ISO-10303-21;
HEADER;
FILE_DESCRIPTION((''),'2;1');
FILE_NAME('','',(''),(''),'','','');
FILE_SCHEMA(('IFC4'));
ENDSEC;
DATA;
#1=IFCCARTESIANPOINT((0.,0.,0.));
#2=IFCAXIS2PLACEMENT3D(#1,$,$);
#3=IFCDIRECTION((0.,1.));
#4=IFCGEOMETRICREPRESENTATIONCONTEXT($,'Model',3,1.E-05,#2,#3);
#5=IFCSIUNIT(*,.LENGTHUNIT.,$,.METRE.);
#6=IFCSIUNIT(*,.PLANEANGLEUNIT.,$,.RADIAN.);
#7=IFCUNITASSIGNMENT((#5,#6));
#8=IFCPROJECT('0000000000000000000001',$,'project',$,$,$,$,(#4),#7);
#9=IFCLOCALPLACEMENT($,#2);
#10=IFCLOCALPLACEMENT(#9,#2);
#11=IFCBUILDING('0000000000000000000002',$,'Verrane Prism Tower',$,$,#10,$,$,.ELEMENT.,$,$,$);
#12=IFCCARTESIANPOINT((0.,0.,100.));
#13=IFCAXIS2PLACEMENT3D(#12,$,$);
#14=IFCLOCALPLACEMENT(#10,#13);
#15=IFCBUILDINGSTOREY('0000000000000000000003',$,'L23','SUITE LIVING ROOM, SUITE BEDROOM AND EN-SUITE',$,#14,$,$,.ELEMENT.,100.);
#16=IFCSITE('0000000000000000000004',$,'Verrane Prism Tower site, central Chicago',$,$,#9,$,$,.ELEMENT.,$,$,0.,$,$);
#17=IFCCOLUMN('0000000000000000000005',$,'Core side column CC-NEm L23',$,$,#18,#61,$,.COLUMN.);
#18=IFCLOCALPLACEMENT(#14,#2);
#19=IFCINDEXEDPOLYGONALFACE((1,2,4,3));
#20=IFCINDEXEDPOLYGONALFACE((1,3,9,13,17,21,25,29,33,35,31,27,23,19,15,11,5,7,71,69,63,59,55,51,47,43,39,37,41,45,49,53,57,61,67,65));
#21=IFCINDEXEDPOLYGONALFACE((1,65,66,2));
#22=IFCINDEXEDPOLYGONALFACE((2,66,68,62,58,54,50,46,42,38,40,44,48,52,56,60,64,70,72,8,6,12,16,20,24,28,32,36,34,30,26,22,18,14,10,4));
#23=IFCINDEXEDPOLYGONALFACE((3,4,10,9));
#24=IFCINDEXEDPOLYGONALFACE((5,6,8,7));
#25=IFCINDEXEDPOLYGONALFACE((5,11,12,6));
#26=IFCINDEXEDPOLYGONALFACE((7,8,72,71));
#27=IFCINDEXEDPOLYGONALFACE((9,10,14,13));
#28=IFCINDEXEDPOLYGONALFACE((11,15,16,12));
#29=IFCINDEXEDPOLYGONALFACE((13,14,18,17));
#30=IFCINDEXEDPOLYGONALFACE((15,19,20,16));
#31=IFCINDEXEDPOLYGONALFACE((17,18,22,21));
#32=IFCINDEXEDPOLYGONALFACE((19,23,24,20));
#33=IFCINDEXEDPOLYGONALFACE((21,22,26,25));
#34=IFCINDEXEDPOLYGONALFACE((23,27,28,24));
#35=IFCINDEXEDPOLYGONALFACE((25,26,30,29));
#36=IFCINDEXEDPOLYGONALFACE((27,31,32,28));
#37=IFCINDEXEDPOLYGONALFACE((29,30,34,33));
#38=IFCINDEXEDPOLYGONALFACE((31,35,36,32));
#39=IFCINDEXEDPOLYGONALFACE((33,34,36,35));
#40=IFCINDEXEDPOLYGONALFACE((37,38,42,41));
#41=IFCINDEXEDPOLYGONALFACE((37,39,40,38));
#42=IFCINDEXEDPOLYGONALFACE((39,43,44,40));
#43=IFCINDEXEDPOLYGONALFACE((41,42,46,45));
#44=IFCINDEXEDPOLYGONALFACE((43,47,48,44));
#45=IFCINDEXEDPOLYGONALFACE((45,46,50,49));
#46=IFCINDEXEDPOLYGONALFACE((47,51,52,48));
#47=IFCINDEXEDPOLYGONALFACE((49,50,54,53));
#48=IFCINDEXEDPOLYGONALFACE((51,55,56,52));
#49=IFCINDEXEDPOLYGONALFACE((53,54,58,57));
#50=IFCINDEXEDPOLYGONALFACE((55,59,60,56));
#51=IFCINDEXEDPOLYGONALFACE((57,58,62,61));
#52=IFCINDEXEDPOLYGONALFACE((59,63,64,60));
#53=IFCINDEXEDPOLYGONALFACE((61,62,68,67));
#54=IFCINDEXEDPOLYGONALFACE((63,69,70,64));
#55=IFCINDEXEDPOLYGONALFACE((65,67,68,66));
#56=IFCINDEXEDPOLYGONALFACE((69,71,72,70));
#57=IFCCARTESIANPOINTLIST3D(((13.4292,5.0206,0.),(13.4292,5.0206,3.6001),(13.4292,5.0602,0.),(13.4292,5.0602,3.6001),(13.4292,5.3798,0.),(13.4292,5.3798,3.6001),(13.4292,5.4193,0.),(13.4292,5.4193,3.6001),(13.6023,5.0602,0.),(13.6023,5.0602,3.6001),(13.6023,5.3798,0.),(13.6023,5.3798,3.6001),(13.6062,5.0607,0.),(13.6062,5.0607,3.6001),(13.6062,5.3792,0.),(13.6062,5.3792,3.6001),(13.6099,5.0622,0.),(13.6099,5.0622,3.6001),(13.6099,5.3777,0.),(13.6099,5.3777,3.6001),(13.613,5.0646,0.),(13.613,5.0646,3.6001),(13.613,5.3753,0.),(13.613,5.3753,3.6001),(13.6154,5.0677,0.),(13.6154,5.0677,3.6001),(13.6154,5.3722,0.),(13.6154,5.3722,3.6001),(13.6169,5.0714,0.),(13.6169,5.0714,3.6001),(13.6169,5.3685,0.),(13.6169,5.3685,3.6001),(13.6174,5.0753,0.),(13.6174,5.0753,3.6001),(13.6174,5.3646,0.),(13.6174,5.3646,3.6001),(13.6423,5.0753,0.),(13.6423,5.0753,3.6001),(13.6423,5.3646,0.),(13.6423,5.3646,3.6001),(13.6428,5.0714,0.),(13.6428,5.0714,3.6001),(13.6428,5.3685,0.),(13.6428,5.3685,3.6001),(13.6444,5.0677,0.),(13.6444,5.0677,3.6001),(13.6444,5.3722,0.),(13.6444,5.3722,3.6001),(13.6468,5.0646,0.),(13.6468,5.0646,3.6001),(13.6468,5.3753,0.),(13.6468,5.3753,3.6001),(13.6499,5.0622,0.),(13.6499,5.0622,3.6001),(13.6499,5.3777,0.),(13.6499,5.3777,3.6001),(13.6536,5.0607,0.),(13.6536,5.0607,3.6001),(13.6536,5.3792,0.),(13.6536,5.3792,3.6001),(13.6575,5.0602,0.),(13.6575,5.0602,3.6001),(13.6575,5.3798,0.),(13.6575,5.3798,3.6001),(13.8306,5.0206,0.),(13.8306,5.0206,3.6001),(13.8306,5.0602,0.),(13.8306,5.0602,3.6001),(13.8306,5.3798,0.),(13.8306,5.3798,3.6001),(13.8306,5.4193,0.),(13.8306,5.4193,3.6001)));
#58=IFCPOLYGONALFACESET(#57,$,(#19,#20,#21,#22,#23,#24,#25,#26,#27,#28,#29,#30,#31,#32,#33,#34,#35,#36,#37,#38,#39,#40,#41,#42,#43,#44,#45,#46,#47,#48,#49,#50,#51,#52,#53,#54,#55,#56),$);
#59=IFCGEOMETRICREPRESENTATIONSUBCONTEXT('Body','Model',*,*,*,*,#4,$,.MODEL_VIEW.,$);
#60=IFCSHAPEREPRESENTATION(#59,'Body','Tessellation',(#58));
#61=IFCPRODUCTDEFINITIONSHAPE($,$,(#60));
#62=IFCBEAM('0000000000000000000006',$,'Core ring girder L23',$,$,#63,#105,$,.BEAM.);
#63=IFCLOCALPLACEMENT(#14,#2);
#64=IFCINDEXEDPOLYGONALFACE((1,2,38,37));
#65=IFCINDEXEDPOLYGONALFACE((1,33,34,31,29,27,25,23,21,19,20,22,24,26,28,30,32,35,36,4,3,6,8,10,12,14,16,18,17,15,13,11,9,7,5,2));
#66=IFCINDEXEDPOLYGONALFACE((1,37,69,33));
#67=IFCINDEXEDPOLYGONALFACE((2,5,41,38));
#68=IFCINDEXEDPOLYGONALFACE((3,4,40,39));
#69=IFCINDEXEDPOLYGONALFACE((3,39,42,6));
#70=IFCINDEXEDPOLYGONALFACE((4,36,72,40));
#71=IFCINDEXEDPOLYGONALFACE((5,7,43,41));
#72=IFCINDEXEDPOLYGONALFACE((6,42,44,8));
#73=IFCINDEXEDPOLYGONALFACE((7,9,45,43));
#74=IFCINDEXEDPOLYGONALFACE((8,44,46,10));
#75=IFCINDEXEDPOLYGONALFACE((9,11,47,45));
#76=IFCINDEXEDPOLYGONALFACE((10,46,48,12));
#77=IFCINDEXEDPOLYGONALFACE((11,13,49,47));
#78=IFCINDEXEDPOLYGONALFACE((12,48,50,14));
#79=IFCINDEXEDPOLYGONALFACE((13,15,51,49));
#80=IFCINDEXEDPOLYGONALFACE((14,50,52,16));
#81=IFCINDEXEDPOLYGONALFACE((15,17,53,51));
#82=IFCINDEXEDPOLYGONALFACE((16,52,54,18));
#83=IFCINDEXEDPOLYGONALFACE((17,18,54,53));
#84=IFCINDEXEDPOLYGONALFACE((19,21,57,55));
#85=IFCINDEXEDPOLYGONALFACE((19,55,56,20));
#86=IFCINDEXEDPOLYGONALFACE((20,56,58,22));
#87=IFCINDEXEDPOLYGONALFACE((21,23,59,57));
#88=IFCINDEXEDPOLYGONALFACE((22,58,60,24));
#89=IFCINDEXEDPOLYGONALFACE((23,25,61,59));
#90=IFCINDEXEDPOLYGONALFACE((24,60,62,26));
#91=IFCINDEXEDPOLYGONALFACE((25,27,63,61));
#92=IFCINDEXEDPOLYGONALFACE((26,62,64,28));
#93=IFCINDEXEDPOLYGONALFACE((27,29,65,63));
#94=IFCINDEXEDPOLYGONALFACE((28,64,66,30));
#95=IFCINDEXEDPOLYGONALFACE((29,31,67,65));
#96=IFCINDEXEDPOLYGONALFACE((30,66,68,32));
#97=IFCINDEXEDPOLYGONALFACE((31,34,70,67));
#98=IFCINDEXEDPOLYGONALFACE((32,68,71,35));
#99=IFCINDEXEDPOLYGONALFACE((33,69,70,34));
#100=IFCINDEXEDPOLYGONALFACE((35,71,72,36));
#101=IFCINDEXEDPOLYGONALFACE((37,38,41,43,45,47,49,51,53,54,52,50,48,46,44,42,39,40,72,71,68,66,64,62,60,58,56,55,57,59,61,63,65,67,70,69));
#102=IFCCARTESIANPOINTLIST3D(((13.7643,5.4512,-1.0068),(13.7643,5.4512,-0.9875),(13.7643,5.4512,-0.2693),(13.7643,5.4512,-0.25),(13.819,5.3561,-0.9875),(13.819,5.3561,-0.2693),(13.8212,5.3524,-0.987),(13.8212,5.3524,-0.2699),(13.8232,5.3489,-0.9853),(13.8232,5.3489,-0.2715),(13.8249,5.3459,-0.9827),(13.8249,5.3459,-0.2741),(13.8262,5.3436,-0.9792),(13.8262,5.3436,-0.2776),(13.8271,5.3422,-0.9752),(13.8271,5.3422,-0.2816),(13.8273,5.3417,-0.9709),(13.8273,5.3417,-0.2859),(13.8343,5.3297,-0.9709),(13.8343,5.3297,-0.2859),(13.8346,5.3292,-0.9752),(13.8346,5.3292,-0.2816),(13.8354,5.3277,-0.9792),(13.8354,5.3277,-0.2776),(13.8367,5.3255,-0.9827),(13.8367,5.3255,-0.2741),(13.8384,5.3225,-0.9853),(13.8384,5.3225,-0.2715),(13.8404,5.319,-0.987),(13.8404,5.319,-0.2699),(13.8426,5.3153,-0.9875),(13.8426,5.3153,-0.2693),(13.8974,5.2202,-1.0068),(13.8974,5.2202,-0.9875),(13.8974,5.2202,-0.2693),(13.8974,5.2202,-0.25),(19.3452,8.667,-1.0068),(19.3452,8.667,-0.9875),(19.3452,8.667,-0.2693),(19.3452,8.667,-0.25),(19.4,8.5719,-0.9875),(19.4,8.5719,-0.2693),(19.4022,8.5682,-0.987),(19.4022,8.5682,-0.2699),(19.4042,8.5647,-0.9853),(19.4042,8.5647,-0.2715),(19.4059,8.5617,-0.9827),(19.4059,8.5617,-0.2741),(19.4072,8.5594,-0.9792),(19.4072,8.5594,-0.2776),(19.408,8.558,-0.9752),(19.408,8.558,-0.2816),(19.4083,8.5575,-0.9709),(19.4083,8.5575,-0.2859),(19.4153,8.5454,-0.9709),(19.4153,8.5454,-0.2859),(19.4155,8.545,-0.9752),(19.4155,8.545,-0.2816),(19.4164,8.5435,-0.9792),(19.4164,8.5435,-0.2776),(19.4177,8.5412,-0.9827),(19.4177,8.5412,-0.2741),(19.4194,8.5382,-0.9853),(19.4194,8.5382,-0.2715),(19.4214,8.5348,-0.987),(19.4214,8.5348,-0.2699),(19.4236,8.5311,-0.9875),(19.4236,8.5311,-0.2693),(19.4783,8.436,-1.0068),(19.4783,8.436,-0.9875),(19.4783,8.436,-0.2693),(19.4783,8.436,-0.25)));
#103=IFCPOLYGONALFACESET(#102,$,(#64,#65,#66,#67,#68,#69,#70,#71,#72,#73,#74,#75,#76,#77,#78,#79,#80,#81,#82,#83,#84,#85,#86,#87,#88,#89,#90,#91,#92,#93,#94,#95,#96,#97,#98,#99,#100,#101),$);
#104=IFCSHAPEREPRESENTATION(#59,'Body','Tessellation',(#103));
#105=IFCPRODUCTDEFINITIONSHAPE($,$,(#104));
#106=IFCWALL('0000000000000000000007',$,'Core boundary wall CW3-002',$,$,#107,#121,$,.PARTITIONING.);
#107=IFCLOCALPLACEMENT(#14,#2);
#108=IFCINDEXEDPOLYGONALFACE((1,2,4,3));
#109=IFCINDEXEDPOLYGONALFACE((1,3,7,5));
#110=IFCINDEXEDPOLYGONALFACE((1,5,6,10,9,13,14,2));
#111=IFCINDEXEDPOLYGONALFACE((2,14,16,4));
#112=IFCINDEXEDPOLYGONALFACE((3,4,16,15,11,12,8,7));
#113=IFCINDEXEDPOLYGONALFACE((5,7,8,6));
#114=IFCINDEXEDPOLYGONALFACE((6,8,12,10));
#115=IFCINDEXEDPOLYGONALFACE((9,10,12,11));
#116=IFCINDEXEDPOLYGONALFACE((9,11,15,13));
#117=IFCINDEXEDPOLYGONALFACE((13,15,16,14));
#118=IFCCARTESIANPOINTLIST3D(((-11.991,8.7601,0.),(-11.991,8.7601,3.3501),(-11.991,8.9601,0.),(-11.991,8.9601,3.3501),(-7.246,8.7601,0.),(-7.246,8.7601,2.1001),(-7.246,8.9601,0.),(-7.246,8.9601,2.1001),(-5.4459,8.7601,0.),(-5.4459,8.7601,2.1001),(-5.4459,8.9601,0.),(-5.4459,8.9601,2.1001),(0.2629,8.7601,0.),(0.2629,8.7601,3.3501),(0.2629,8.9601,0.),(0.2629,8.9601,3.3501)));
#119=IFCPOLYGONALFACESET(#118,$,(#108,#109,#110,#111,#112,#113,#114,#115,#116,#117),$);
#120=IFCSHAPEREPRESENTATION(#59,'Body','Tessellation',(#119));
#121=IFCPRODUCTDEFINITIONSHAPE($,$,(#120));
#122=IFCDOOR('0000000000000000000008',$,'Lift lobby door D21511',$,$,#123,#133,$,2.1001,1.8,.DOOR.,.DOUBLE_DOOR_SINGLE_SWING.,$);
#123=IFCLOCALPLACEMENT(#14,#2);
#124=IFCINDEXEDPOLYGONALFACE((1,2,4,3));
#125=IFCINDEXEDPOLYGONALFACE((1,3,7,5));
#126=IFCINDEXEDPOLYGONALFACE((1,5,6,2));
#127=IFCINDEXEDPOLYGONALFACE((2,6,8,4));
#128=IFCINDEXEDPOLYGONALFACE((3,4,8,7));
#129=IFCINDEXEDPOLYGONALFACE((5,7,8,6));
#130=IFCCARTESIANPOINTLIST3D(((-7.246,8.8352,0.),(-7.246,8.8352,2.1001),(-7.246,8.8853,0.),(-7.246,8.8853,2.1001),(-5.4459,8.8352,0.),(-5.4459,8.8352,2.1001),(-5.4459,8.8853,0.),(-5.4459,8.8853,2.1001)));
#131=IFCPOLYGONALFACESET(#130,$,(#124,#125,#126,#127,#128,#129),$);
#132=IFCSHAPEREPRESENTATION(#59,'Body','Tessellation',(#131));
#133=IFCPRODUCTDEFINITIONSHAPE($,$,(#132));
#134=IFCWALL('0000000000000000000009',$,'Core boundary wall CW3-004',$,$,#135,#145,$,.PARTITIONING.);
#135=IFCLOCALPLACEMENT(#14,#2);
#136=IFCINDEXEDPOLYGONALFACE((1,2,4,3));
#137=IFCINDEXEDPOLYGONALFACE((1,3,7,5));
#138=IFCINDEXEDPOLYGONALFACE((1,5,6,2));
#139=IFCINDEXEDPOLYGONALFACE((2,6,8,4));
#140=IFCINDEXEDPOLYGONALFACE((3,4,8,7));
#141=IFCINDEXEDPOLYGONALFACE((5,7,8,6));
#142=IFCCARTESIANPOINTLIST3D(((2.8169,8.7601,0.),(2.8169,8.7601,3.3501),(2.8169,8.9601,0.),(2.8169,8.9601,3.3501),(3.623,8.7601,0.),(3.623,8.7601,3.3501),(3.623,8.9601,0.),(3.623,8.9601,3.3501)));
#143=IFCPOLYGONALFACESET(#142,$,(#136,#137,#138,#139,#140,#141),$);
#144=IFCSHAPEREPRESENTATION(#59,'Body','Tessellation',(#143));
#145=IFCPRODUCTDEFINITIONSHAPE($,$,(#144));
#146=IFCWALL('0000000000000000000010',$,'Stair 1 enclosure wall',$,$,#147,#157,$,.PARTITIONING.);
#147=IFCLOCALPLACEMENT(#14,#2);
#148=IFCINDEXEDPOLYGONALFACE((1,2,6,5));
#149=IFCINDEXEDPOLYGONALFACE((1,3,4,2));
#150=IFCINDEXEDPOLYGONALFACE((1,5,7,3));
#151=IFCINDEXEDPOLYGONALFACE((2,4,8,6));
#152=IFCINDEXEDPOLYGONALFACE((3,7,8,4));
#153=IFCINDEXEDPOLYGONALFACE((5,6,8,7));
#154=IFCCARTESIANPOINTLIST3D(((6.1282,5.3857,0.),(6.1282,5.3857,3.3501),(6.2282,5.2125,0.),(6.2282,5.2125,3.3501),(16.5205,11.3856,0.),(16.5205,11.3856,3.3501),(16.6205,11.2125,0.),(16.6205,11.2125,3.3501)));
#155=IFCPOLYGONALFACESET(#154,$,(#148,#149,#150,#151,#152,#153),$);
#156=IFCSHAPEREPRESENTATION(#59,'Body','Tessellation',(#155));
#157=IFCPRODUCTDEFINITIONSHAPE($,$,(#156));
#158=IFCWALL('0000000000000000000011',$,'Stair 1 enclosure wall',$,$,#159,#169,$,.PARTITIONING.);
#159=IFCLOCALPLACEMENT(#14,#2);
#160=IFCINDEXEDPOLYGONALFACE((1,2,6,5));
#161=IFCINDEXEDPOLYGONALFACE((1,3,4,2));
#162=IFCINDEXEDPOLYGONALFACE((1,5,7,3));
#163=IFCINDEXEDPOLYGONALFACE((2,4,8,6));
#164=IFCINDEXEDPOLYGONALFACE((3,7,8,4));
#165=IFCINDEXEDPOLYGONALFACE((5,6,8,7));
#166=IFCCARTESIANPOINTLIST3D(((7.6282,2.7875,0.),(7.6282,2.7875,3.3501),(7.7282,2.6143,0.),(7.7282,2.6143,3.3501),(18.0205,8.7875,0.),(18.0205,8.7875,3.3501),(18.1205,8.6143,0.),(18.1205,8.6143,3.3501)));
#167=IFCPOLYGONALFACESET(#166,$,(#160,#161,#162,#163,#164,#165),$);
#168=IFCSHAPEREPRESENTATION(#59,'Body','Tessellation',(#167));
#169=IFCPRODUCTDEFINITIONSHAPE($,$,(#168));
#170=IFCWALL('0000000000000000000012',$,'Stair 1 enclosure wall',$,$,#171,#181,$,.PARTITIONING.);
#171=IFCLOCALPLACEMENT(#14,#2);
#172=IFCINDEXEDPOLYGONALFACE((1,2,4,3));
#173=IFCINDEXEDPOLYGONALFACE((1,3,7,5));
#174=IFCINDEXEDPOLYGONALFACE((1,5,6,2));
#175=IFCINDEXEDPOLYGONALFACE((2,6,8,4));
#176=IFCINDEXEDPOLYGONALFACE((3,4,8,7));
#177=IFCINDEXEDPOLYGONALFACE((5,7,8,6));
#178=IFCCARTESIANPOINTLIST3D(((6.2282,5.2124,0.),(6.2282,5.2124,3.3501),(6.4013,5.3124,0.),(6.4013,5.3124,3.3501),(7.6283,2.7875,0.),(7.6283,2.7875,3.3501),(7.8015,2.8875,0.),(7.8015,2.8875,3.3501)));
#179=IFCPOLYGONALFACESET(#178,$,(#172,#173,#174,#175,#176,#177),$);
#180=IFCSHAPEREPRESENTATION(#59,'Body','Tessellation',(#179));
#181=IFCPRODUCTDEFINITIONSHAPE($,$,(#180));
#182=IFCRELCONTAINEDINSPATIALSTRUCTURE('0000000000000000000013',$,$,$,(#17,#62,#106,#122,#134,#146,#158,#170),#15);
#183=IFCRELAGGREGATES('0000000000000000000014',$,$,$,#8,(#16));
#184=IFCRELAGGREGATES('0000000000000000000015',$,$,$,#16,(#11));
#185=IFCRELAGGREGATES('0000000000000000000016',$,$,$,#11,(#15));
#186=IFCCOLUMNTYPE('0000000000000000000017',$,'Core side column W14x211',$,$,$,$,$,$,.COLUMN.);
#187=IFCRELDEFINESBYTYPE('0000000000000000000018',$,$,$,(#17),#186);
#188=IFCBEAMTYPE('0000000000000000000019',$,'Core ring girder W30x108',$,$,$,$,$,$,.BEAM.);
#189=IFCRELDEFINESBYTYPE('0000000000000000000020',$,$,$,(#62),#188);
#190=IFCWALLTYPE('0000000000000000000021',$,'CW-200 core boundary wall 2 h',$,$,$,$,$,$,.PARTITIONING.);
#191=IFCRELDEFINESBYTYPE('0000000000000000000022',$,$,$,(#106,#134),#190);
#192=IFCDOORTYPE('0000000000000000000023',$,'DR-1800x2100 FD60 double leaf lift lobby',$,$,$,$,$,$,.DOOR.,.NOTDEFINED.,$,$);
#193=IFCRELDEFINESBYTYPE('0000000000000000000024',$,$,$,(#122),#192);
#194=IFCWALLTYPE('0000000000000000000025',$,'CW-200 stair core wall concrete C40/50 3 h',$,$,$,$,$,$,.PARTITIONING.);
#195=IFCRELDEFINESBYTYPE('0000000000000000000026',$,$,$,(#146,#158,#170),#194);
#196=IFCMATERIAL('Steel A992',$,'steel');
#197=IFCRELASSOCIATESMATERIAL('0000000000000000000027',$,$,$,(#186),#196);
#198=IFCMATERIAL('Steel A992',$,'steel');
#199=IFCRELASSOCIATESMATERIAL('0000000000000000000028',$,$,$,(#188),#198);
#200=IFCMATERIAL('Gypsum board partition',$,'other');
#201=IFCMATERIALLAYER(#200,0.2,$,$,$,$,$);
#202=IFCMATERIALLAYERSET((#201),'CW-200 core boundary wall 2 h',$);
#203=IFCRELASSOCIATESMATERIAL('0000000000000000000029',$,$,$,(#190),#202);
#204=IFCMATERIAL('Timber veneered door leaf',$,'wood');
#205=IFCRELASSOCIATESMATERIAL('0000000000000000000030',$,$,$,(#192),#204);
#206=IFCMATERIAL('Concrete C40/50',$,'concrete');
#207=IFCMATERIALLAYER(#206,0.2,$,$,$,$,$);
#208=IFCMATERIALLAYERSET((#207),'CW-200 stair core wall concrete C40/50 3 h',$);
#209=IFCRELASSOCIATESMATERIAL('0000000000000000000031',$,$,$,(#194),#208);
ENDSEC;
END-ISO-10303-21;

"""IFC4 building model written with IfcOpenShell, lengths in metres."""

from ifc_helpers import new_model, si_unit, direction, frame, frame_2d, origin, origin_2d, place, context, subcontext, project, spatial, rectangle, i_section, extrude, material, layer, layer_set, material_profile, profile_set, type_object, element, fill, save


model = new_model("IFC4")

# Units and contexts
model_context = context("Model", 3, precision=1e-05, world=origin(), true_north=direction((0.0, 1.0)))
body_context = subcontext(model_context, "Body", "Model", "MODEL_VIEW")
ifc_project = project(units=[si_unit("LENGTHUNIT", "METRE"), si_unit("PLANEANGLEUNIT", "RADIAN")], contexts=[model_context])

# Site, building, storey
site_placement = place(None, origin())
site = spatial("IfcSite", under=ifc_project, at=site_placement, Name="Verrane Prism Tower site, central Chicago", CompositionType="ELEMENT", RefElevation=0.0)
building_placement = place(site_placement, origin())
building = spatial("IfcBuilding", under=site, at=building_placement, Name="Verrane Prism Tower", CompositionType="ELEMENT")
storey_placement = place(building_placement, frame((0.0, 0.0, 100.0)))
storey = spatial("IfcBuildingStorey", under=building, at=storey_placement, Name="L23", Description="SUITE LIVING ROOM, SUITE BEDROOM AND EN-SUITE", CompositionType="ELEMENT", Elevation=100.0)

# Column
ifc_material_1 = material(Name="Steel A992", Category="steel")
ifc_material_profile_1 = material_profile(ifc_material_1, i_section(OverallWidth=0.4014, OverallDepth=0.3987, WebThickness=0.0249, FlangeThickness=0.0396, FilletRadius=0.0151, at=origin_2d()), Name="W14x211")
ifc_profile_set_1 = profile_set([ifc_material_profile_1], Name="Steel A992")
column_type = type_object("IfcColumnType", Name="Core side column W14x211", PredefinedType="COLUMN", material=ifc_profile_set_1)
column_placement = place(storey_placement, frame((13.6299, 5.22, 0.0), z_axis=(0.0, 0.0, 1.0), x_axis=(1.0, 0.0, 0.0)))
element("IfcColumn", 1, at=column_placement, inside=storey, type_object=column_type, Name="Core side column CC-NEm L23", PredefinedType="COLUMN", context=body_context, shape_type="SweptSolid", body=[
    extrude(i_section(OverallWidth=0.4014, OverallDepth=0.3987, WebThickness=0.0249, FlangeThickness=0.0396, FilletRadius=0.0151, at=origin_2d()), origin(), (0.0, 0.0, 1.0), 3.6001),
])

# Beam
ifc_material_2 = material(Name="Steel A992", Category="steel")
ifc_material_profile_2 = material_profile(ifc_material_2, i_section(OverallWidth=0.2666, OverallDepth=0.7568, WebThickness=0.0139, FlangeThickness=0.0193, FilletRadius=0.0166, at=origin_2d()), Name="W30x108")
ifc_profile_set_2 = profile_set([ifc_material_profile_2], Name="Steel A992")
beam_type = type_object("IfcBeamType", Name="Core ring girder W30x108", PredefinedType="BEAM", material=ifc_profile_set_2)
beam_placement = place(storey_placement, frame((13.8308, 5.3357, -0.6284), z_axis=(0.866456, 0.499254, 0.0), x_axis=(-0.499254, 0.866456, 0.0)))
element("IfcBeam", 2, at=beam_placement, inside=storey, type_object=beam_type, Name="Core ring girder L23", PredefinedType="BEAM", context=body_context, shape_type="SweptSolid", body=[
    extrude(i_section(OverallWidth=0.2666, OverallDepth=0.7568, WebThickness=0.0139, FlangeThickness=0.0193, FilletRadius=0.0166, at=origin_2d()), origin(), (0.0, 0.0, 1.0), 6.4412),
])

# Wall, opening, door
ifc_material_3 = material(Name="Gypsum board partition", Category="other")
ifc_layer_1 = layer(ifc_material_3, 0.2)
ifc_layer_set_1 = layer_set([ifc_layer_1], Name="CW-200 core boundary wall 2 h")
wall_type_1 = type_object("IfcWallType", Name="CW-200 core boundary wall 2 h", PredefinedType="PARTITIONING", material=ifc_layer_set_1)
wall_1_placement = place(storey_placement, frame((0.2629, 8.8601, 0.0), z_axis=(0.0, 0.0, 1.0), x_axis=(-1.0, 0.0, 0.0)))
wall_1 = element("IfcWall", 3, at=wall_1_placement, inside=storey, type_object=wall_type_1, Name="Core boundary wall CW3-002", PredefinedType="PARTITIONING", context=body_context, shape_type="SweptSolid", body=[
    extrude(rectangle(XDim=12.2539, YDim=0.2, at=frame_2d((6.127, 0.0))), origin(), (0.0, 0.0, 1.0), 3.3501),
])
opening_1_placement = place(wall_1_placement, frame((5.709, 0.0, 0.0)))
opening_1 = element("IfcOpeningElement", 4, at=opening_1_placement, cuts=wall_1, PredefinedType="OPENING", context=body_context, shape_type="SweptSolid", body=[
    extrude(rectangle(XDim=1.8, YDim=2.1001, at=frame_2d((0.8999, 1.05))), frame((0.0, 0.1099, 0.0), z_axis=(0.0, -1.0, 0.0), x_axis=(1.0, 0.0, 0.0)), (0.0, 0.0, 1.0), 0.22),
])
ifc_material_4 = material(Name="Timber veneered door leaf", Category="wood")
door_type_1 = type_object("IfcDoorType", Name="DR-1800x2100 FD60 double leaf lift lobby", OperationType="NOTDEFINED", PredefinedType="DOOR", material=ifc_material_4)
door_1_placement = place(opening_1_placement, origin())
door_1 = element("IfcDoor", 5, at=door_1_placement, inside=storey, type_object=door_type_1, Name="Lift lobby door D21511", OperationType="DOUBLE_DOOR_SINGLE_SWING", OverallHeight=2.1001, OverallWidth=1.8, PredefinedType="DOOR", context=body_context, shape_type="SweptSolid", body=[
    extrude(rectangle(XDim=1.8, YDim=2.1001, at=frame_2d((0.8999, 1.05))), frame((0.0, 0.0249, 0.0), z_axis=(0.0, -1.0, 0.0), x_axis=(1.0, 0.0, 0.0)), (0.0, 0.0, 1.0), 0.05),
])
fill(opening_1, door_1)

# Walls
wall_2_placement = place(storey_placement, frame((2.8169, 8.8601, 0.0), z_axis=(0.0, 0.0, 1.0), x_axis=(1.0, 0.0, 0.0)))
element("IfcWall", 6, at=wall_2_placement, inside=storey, type_object=wall_type_1, Name="Core boundary wall CW3-004", PredefinedType="PARTITIONING", context=body_context, shape_type="SweptSolid", body=[
    extrude(rectangle(XDim=0.8062, YDim=0.2, at=frame_2d((0.4031, 0.0))), origin(), (0.0, 0.0, 1.0), 3.3501),
])
ifc_material_5 = material(Name="Concrete C40/50", Category="concrete")
ifc_layer_2 = layer(ifc_material_5, 0.2)
ifc_layer_set_2 = layer_set([ifc_layer_2], Name="CW-200 stair core wall concrete C40/50 3 h")
wall_type_2 = type_object("IfcWallType", Name="CW-200 stair core wall concrete C40/50 3 h", PredefinedType="PARTITIONING", material=ifc_layer_set_2)
for number, where, z_axis, x_axis, name in (
    (7, (6.1782, 5.2991, 0.0), (0.0, 0.0, 1.0), (0.866026, 0.499999, 0.0), "Stair 1 enclosure wall"),
    (8, (7.6782, 2.7009, 0.0), (0.0, 0.0, 1.0), (0.866026, 0.499999, 0.0), "Stair 1 enclosure wall"),
):
    element("IfcWall", number, at=place(storey_placement, frame(where, z_axis=z_axis, x_axis=x_axis)), inside=storey, type_object=wall_type_2, Name=name, PredefinedType="PARTITIONING", context=body_context, shape_type="SweptSolid", body=[
        extrude(rectangle(XDim=12.0, YDim=0.2, at=frame_2d((6.0, 0.0))), origin(), (0.0, 0.0, 1.0), 3.3501),
    ])
wall_3_placement = place(storey_placement, frame((7.7148, 2.8376, 0.0), z_axis=(0.0, 0.0, 1.0), x_axis=(-0.50005, 0.865997, 0.0)))
element("IfcWall", 9, at=wall_3_placement, inside=storey, type_object=wall_type_2, Name="Stair 1 enclosure wall", PredefinedType="PARTITIONING", context=body_context, shape_type="SweptSolid", body=[
    extrude(rectangle(XDim=2.8, YDim=0.2, at=frame_2d((1.3999, 0.0))), origin(), (0.0, 0.0, 1.0), 3.3501),
])

save(model, "model.ifc")
